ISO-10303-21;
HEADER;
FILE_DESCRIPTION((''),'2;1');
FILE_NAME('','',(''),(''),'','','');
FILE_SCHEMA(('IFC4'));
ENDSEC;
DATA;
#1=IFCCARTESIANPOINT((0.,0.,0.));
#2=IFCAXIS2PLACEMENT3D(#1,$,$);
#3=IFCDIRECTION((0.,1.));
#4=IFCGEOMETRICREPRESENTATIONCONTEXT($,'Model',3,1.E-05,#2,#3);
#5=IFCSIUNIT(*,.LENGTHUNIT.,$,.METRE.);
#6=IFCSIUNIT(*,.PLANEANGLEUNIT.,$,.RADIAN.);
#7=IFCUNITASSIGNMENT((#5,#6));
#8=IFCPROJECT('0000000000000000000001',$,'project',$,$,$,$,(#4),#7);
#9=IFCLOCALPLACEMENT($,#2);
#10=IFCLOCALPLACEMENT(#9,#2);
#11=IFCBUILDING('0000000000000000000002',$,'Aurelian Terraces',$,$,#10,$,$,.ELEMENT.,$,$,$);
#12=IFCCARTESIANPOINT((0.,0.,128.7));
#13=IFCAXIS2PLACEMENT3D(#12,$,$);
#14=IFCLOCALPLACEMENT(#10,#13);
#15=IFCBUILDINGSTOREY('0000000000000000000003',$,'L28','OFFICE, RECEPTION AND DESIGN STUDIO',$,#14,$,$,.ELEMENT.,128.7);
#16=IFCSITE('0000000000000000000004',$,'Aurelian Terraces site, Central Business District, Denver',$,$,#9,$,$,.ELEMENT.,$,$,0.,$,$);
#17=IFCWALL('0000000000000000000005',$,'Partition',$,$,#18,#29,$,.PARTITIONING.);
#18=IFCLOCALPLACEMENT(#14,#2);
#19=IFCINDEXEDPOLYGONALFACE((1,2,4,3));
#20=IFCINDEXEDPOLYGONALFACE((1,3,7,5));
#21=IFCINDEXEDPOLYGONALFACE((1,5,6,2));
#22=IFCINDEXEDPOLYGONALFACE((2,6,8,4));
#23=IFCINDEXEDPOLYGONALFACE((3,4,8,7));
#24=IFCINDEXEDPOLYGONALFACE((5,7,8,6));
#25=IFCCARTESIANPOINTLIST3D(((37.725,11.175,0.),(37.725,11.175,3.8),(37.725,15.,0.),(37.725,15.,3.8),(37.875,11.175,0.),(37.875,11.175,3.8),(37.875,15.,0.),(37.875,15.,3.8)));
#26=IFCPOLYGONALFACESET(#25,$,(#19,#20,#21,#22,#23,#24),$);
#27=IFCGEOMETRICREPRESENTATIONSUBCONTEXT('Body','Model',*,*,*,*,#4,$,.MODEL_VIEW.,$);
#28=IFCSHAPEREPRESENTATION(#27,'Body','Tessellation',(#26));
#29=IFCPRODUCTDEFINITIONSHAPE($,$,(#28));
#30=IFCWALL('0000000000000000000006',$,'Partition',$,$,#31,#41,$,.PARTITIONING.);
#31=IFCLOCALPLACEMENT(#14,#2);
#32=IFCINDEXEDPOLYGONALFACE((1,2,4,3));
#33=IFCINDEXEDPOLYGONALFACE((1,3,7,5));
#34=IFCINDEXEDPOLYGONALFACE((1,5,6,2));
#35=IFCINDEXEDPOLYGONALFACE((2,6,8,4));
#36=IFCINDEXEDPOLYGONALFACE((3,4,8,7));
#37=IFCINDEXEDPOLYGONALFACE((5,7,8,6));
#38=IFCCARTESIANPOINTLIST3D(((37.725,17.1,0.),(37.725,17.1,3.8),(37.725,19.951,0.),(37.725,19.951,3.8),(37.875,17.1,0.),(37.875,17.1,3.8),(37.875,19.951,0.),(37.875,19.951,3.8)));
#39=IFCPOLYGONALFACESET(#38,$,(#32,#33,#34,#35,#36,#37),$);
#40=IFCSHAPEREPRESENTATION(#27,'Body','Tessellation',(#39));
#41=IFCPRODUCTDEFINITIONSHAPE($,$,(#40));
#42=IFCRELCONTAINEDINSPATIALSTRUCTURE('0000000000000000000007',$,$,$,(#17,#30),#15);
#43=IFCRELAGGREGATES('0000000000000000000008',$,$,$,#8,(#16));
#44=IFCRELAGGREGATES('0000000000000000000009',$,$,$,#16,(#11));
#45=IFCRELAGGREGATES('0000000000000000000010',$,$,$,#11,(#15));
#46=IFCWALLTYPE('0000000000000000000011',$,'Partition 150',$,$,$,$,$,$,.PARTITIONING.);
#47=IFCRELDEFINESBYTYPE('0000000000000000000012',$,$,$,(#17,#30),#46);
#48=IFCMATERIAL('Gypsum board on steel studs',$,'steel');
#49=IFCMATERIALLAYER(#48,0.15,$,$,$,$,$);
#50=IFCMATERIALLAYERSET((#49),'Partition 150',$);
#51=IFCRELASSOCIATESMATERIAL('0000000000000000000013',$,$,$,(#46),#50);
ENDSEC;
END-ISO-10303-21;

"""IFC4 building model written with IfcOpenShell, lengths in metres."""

from ifc_helpers import new_model, si_unit, direction, frame, frame_2d, origin, place, context, subcontext, project, spatial, rectangle, extrude, source, transform, mapped, material, layer, layer_set, type_object, element, save


model = new_model("IFC4")

# Units and contexts
model_context = context("Model", 3, precision=1e-05, world=origin(), true_north=direction((0.0, 1.0)))
body_context = subcontext(model_context, "Body", "Model", "MODEL_VIEW")
ifc_project = project(units=[si_unit("LENGTHUNIT", "METRE"), si_unit("PLANEANGLEUNIT", "RADIAN")], contexts=[model_context])

# Site, building, storey
site_placement = place(None, origin())
site = spatial("IfcSite", under=ifc_project, at=site_placement, Name="Aurelian Terraces site, Central Business District, Denver", CompositionType="ELEMENT", RefElevation=0.0)
building_placement = place(site_placement, origin())
building = spatial("IfcBuilding", under=site, at=building_placement, Name="Aurelian Terraces", CompositionType="ELEMENT")
storey_placement = place(building_placement, frame((0.0, 0.0, 128.7)))
storey = spatial("IfcBuildingStorey", under=building, at=storey_placement, Name="L28", Description="OFFICE, RECEPTION AND DESIGN STUDIO", CompositionType="ELEMENT", Elevation=128.7)

# Shared definitions
ifc_material_1 = material(Name="Gypsum board on steel studs", Category="steel")
ifc_layer_1 = layer(ifc_material_1, 0.15)
ifc_layer_set_1 = layer_set([ifc_layer_1], Name="Partition 150")
wall_type_1 = type_object("IfcWallType", Name="Partition 150", PredefinedType="PARTITIONING", material=ifc_layer_set_1)

# Walls
shared_shape_1 = source(origin(), body_context, "Body", "SweptSolid", [
    extrude(rectangle(XDim=3.825, YDim=0.15, at=frame_2d((1.9125, 0.0))), origin(), (0.0, 0.0, 1.0), 3.8),
])
for number, where, z_axis, x_axis, name in (
    (1, (37.8, 11.175, 0.0), (0.0, 0.0, 1.0), (0.0, 1.0, 0.0), "Partition"),
):
    element("IfcWall", number, at=place(storey_placement, frame(where, z_axis=z_axis, x_axis=x_axis)), inside=storey, type_object=wall_type_1, Name=name, PredefinedType="PARTITIONING", context=body_context, shape_type="MappedRepresentation", body=[
        mapped(shared_shape_1, transform((0.0, 0.0, 0.0), scale=1.0)),
    ])
shared_shape_2 = source(origin(), body_context, "Body", "SweptSolid", [
    extrude(rectangle(XDim=2.851, YDim=0.15, at=frame_2d((1.4255, 0.0))), origin(), (0.0, 0.0, 1.0), 3.8),
])
wall_1_placement = place(storey_placement, frame((37.8, 17.1, 0.0), z_axis=(0.0, 0.0, 1.0), x_axis=(0.0, 1.0, 0.0)))
element("IfcWall", 2, at=wall_1_placement, inside=storey, type_object=wall_type_1, Name="Partition", PredefinedType="PARTITIONING", context=body_context, shape_type="MappedRepresentation", body=[
    mapped(shared_shape_2, transform((0.0, 0.0, 0.0), scale=1.0)),
])

save(model, "model.ifc")
